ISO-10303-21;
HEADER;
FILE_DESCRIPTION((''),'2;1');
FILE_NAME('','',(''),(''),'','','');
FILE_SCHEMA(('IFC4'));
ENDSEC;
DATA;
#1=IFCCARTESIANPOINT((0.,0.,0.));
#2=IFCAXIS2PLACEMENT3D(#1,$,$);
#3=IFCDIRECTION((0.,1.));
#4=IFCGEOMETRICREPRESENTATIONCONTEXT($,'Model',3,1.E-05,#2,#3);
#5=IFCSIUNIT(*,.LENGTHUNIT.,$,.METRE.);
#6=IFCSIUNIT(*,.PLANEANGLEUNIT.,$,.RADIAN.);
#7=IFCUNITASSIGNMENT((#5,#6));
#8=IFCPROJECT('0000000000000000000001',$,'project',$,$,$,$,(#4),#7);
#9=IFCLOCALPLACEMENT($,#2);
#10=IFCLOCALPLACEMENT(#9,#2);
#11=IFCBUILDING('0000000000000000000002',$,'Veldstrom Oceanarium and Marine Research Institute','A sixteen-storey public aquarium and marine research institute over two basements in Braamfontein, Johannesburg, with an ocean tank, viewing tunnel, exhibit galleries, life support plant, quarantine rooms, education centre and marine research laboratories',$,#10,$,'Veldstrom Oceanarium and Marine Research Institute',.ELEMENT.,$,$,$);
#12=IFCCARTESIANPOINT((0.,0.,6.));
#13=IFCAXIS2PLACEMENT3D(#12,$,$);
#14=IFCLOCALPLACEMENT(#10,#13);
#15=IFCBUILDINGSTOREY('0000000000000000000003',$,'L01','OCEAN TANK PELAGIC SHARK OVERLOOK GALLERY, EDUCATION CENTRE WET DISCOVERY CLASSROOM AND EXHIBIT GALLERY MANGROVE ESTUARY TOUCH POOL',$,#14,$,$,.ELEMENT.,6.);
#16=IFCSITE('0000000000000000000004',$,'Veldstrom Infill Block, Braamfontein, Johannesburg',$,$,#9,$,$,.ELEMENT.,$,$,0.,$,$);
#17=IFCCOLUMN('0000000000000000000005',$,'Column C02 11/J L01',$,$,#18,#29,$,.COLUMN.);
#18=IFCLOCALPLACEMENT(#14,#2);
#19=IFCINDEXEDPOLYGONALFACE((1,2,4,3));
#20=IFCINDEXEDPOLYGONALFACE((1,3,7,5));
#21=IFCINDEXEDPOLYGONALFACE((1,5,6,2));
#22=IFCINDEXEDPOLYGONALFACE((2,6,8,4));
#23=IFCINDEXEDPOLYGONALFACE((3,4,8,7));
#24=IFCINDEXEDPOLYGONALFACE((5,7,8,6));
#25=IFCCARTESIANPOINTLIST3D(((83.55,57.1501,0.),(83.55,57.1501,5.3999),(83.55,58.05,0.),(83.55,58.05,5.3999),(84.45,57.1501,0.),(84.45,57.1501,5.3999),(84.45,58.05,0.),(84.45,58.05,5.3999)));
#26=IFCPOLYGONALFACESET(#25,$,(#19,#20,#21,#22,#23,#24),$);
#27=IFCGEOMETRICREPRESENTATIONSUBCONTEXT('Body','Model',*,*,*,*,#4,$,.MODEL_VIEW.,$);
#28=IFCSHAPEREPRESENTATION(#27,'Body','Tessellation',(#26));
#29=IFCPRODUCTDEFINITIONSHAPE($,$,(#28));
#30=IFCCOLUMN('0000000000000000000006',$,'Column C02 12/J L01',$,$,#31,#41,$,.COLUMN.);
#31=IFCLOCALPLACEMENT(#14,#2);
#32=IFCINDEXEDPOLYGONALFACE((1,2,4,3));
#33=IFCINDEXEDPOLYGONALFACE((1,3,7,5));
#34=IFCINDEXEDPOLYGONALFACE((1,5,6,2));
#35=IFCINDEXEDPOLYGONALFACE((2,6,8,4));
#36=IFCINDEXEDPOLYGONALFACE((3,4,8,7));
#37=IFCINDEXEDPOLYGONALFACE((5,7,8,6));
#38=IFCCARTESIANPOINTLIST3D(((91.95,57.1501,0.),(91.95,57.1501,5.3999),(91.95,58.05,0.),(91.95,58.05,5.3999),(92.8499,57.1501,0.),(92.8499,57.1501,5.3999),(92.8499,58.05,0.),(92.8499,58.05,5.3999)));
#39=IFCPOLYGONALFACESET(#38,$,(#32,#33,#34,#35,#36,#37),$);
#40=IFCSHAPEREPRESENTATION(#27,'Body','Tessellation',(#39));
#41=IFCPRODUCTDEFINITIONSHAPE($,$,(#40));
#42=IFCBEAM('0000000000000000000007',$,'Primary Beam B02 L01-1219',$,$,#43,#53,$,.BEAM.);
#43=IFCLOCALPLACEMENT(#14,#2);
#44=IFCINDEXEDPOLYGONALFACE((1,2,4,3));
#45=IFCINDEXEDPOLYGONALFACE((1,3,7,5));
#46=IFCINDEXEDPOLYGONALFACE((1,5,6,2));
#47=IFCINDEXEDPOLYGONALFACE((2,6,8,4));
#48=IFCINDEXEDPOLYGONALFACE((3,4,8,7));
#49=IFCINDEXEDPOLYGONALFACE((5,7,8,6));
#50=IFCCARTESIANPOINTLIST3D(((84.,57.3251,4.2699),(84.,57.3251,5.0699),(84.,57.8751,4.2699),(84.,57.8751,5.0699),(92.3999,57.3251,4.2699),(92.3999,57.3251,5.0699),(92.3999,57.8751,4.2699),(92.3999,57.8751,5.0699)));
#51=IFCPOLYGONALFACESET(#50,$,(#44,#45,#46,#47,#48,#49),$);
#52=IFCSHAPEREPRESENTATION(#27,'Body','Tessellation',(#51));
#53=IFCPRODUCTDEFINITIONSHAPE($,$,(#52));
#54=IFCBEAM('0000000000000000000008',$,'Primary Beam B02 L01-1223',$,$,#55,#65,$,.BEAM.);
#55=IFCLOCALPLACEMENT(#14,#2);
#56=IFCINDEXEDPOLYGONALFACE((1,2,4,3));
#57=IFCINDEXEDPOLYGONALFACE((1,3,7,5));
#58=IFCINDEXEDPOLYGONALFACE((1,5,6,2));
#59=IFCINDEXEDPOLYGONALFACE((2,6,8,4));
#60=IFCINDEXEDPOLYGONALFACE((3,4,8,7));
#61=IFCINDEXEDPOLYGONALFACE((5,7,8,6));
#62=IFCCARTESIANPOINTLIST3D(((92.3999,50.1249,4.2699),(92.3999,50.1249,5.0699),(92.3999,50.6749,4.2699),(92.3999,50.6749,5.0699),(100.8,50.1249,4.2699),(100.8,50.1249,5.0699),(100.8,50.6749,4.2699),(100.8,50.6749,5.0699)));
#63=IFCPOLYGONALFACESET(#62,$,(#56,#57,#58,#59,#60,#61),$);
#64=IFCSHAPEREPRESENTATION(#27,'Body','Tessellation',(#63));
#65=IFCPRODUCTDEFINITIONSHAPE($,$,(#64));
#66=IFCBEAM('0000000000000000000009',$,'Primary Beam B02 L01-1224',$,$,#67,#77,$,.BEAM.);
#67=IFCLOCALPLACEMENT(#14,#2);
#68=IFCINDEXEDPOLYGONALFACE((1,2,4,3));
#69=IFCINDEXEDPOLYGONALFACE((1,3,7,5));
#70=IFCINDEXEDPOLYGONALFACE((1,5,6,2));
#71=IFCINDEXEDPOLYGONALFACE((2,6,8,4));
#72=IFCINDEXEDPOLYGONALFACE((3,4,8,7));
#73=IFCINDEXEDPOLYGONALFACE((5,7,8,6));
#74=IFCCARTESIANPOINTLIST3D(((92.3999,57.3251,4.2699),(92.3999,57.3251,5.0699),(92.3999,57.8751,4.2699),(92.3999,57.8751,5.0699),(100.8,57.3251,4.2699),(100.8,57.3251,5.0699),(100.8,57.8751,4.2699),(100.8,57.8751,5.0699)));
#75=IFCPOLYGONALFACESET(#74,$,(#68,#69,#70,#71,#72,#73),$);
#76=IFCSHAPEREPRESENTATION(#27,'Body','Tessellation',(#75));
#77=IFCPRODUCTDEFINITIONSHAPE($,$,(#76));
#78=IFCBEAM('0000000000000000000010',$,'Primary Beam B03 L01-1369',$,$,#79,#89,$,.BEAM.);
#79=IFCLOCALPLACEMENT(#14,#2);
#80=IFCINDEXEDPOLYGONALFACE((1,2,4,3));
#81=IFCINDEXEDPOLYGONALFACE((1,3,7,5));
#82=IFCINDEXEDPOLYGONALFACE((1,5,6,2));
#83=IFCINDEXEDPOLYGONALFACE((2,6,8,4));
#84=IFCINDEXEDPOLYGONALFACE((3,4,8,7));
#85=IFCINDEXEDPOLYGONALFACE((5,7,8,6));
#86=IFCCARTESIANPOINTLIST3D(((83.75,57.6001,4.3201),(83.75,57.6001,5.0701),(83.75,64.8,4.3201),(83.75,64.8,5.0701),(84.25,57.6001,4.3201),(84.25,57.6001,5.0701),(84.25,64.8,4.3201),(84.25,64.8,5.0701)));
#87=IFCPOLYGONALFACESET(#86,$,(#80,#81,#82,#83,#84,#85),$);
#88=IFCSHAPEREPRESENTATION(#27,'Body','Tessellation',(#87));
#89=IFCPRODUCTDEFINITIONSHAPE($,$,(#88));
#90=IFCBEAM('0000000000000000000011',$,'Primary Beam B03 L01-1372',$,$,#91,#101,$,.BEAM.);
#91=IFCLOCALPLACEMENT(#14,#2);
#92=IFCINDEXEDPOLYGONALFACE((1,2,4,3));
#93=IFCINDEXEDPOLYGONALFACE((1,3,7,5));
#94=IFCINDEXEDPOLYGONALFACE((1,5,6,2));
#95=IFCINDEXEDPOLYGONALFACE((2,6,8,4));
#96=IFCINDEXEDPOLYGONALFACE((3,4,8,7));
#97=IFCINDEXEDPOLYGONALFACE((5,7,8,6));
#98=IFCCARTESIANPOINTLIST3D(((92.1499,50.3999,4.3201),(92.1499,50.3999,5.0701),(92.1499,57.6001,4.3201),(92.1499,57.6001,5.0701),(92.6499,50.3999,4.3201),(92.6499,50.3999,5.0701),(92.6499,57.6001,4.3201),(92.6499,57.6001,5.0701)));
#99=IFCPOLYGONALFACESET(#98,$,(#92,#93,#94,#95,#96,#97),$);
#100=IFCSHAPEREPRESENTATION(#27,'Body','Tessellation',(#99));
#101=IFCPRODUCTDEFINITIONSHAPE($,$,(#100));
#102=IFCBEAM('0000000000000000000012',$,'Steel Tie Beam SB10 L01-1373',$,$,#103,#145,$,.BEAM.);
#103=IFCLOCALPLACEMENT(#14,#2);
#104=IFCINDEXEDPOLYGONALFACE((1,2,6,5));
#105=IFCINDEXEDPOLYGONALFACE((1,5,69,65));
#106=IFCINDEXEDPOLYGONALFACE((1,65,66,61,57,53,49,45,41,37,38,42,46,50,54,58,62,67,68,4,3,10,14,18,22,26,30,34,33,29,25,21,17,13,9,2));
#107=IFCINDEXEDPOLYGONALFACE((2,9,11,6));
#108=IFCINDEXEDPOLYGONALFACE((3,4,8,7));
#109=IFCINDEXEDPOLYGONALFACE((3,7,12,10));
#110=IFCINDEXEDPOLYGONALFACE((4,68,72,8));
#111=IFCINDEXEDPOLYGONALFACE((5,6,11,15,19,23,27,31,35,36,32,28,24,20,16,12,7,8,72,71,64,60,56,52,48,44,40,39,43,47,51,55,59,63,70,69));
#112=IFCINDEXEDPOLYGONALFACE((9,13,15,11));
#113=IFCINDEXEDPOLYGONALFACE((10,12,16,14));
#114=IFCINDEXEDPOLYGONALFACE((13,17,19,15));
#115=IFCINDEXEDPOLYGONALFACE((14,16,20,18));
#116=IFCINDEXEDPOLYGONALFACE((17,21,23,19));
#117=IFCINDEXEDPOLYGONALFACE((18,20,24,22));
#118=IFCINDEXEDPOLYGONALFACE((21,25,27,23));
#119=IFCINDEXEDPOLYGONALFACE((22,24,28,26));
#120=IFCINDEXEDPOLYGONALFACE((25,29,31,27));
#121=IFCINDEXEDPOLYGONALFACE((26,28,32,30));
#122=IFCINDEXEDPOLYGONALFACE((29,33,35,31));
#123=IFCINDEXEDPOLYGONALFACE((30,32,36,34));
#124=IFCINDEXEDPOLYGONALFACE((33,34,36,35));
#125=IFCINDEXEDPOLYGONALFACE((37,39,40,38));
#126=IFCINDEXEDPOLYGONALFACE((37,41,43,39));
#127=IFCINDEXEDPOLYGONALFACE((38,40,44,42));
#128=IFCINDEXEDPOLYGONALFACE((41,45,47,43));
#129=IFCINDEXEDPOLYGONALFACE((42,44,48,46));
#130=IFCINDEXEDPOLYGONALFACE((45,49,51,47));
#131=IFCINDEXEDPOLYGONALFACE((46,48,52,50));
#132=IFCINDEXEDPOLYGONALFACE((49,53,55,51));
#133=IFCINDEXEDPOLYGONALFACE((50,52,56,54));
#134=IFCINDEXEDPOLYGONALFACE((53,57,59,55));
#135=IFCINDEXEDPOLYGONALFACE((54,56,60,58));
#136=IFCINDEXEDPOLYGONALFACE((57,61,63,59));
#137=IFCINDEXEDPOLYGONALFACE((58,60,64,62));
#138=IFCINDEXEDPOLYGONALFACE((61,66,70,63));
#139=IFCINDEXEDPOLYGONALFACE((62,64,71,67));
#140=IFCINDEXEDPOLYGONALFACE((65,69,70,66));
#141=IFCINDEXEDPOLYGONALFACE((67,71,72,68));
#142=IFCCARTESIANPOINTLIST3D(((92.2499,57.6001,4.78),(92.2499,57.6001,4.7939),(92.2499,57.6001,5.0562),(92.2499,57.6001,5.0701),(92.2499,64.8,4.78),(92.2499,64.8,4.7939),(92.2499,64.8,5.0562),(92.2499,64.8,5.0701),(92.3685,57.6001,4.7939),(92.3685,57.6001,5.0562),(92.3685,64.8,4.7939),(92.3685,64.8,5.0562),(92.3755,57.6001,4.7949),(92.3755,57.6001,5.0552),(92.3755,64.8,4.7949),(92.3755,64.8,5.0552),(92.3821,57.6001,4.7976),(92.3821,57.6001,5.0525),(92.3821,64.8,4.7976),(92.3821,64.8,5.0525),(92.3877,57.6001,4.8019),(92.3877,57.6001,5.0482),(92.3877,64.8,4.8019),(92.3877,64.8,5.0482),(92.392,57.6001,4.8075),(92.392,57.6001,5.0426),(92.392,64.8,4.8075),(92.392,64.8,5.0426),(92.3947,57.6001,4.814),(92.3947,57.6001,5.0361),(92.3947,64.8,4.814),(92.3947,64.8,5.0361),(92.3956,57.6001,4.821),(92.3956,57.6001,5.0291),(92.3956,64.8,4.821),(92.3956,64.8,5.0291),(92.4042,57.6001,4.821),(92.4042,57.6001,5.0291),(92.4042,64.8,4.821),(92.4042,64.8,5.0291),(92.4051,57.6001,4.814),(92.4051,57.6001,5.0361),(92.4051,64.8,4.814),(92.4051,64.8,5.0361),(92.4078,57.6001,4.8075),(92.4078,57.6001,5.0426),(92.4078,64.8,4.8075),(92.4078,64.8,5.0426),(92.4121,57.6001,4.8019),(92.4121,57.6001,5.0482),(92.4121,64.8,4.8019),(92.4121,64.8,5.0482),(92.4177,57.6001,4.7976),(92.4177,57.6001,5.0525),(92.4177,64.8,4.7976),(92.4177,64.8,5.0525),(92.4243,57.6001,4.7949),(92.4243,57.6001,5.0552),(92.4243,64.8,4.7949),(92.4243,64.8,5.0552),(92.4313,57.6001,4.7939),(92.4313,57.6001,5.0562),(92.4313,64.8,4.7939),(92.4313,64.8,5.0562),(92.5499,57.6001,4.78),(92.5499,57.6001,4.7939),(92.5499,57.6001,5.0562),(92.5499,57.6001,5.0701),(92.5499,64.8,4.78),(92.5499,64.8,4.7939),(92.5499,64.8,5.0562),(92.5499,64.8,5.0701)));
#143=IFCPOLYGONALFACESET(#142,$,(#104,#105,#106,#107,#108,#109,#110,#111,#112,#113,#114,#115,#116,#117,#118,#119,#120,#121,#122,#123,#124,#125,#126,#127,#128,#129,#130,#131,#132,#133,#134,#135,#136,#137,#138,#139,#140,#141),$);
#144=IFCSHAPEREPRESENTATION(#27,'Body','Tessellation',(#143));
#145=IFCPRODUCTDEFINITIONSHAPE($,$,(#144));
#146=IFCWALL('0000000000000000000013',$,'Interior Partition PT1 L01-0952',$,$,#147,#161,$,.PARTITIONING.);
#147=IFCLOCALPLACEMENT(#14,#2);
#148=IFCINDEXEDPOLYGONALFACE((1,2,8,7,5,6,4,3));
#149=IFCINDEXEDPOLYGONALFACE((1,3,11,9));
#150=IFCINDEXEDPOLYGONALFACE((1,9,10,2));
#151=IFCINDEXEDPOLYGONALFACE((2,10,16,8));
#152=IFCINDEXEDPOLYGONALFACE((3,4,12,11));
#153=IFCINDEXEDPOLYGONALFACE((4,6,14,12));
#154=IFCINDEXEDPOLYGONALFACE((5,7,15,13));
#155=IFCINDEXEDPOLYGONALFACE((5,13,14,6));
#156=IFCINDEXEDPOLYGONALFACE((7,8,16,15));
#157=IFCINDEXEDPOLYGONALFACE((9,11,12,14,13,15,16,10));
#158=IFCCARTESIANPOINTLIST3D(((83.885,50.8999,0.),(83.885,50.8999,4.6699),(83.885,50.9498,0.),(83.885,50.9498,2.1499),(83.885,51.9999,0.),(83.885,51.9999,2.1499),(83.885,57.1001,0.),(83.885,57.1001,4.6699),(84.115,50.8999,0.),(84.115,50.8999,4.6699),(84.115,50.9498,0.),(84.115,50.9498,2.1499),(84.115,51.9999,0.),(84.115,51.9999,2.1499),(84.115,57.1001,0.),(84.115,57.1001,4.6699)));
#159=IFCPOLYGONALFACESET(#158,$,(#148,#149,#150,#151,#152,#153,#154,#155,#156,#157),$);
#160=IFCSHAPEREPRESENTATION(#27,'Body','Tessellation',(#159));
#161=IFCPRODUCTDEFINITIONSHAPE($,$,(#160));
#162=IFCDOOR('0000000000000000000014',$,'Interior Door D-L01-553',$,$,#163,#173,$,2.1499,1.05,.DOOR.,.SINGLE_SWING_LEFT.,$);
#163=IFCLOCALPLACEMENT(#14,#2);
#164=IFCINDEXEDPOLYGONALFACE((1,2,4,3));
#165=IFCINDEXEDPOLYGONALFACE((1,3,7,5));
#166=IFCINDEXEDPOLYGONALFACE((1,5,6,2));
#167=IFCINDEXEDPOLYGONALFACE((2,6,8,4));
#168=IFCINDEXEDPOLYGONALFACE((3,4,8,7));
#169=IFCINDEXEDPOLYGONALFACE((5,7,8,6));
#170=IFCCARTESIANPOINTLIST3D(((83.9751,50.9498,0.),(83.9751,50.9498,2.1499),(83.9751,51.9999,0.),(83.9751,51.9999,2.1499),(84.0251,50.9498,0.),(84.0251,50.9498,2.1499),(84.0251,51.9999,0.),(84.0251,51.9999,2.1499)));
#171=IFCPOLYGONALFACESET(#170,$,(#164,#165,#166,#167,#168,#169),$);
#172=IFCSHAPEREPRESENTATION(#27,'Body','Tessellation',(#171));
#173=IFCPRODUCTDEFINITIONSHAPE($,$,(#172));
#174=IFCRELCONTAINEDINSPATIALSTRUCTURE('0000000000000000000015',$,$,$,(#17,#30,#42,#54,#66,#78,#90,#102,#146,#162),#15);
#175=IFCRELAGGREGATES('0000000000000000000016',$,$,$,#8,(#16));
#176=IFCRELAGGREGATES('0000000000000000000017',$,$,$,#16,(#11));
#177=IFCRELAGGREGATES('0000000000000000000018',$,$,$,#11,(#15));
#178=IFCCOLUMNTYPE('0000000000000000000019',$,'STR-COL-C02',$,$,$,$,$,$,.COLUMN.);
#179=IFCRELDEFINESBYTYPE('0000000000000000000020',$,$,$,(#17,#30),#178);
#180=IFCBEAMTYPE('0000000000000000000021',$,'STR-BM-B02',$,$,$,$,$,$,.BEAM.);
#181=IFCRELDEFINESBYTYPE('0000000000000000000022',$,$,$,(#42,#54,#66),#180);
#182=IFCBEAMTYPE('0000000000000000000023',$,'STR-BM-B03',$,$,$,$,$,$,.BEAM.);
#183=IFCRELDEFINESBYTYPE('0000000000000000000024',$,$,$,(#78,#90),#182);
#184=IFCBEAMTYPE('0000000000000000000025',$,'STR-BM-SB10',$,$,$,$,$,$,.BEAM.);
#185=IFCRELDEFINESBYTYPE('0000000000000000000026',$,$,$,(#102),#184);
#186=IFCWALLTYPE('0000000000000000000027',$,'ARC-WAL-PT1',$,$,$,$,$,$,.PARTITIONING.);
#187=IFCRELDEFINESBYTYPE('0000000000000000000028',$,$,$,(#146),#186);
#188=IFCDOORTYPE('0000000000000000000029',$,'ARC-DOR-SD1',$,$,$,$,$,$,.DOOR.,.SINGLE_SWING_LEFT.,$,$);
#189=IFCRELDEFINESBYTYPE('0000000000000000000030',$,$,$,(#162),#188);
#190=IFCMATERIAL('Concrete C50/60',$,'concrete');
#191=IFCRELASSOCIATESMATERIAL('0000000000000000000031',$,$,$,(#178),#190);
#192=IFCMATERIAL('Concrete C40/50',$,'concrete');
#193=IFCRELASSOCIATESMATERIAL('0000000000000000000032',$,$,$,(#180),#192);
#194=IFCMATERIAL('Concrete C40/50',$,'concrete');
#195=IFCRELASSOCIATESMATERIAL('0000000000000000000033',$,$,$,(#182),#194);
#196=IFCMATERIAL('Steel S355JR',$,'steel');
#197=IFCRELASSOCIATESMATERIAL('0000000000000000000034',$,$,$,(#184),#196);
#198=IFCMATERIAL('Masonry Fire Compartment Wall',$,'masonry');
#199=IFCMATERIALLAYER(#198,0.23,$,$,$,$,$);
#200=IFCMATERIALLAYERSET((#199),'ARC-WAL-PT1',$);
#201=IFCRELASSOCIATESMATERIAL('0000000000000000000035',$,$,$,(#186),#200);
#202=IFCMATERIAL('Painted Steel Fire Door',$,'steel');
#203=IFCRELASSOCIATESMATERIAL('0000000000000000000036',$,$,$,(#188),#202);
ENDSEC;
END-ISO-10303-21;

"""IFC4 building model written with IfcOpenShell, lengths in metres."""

from ifc_helpers import new_model, si_unit, direction, frame, frame_2d, origin, origin_2d, place, context, subcontext, project, spatial, rectangle, i_section, extrude, material, layer, layer_set, material_profile, profile_set, type_object, element, fill, save


model = new_model("IFC4")

# Units and contexts
model_context = context("Model", 3, precision=1e-05, world=origin(), true_north=direction((0.0, 1.0)))
body_context = subcontext(model_context, "Body", "Model", "MODEL_VIEW")
ifc_project = project(units=[si_unit("LENGTHUNIT", "METRE"), si_unit("PLANEANGLEUNIT", "RADIAN")], contexts=[model_context])

# Site, building, storey
site_placement = place(None, origin())
site = spatial("IfcSite", under=ifc_project, at=site_placement, Name="Veldstrom Infill Block, Braamfontein, Johannesburg", CompositionType="ELEMENT", RefElevation=0.0)
building_placement = place(site_placement, origin())
building = spatial("IfcBuilding", under=site, at=building_placement, Name="Veldstrom Oceanarium and Marine Research Institute", Description="A sixteen-storey public aquarium and marine research institute over two basements in Braamfontein, Johannesburg, with an ocean tank, viewing tunnel, exhibit galleries, life support plant, quarantine rooms, education centre and marine research laboratories", LongName="Veldstrom Oceanarium and Marine Research Institute", CompositionType="ELEMENT")
storey_placement = place(building_placement, frame((0.0, 0.0, 6.0)))
storey = spatial("IfcBuildingStorey", under=building, at=storey_placement, Name="L01", Description="OCEAN TANK PELAGIC SHARK OVERLOOK GALLERY, EDUCATION CENTRE WET DISCOVERY CLASSROOM AND EXHIBIT GALLERY MANGROVE ESTUARY TOUCH POOL", CompositionType="ELEMENT", Elevation=6.0)

# Columns
ifc_material_1 = material(Name="Concrete C50/60", Category="concrete")
ifc_material_profile_1 = material_profile(ifc_material_1, rectangle(XDim=0.8999, YDim=0.8999, at=origin_2d()), Name="RC-COL-900x900")
ifc_profile_set_1 = profile_set([ifc_material_profile_1], Name="Concrete C50/60")
column_type = type_object("IfcColumnType", Name="STR-COL-C02", PredefinedType="COLUMN", material=ifc_profile_set_1)
for number, where, z_axis, x_axis, name in (
    (1, (84.0, 57.6001, 0.0), (0.0, 0.0, 1.0), (1.0, 0.0, 0.0), "Column C02 11/J L01"),
    (2, (92.3999, 57.6001, 0.0), (0.0, 0.0, 1.0), (1.0, 0.0, 0.0), "Column C02 12/J L01"),
):
    element("IfcColumn", number, at=place(storey_placement, frame(where, z_axis=z_axis, x_axis=x_axis)), inside=storey, type_object=column_type, Name=name, PredefinedType="COLUMN", context=body_context, shape_type="SweptSolid", body=[
        extrude(rectangle(XDim=0.8999, YDim=0.8999, at=origin_2d()), origin(), (0.0, 0.0, 1.0), 5.3999),
    ])

# Beams
ifc_material_2 = material(Name="Concrete C40/50", Category="concrete")
ifc_material_profile_2 = material_profile(ifc_material_2, rectangle(XDim=0.55, YDim=0.8, at=origin_2d()), Name="RC-BM-550x800")
ifc_profile_set_2 = profile_set([ifc_material_profile_2], Name="Concrete C40/50")
beam_type_1 = type_object("IfcBeamType", Name="STR-BM-B02", PredefinedType="BEAM", material=ifc_profile_set_2)
beam_1_placement = place(storey_placement, frame((84.0, 57.6001, 4.6699), z_axis=(1.0, 0.0, 0.0), x_axis=(0.0, 1.0, 0.0)))
element("IfcBeam", 3, at=beam_1_placement, inside=storey, type_object=beam_type_1, Name="Primary Beam B02 L01-1219", PredefinedType="BEAM", context=body_context, shape_type="SweptSolid", body=[
    extrude(rectangle(XDim=0.55, YDim=0.8, at=origin_2d()), origin(), (0.0, 0.0, 1.0), 8.3999),
])
for number, where, z_axis, x_axis, name in (
    (4, (92.3999, 50.3999, 4.6699), (1.0, 0.0, 0.0), (0.0, 1.0, 0.0), "Primary Beam B02 L01-1223"),
    (5, (92.3999, 57.6001, 4.6699), (1.0, 0.0, 0.0), (0.0, 1.0, 0.0), "Primary Beam B02 L01-1224"),
):
    element("IfcBeam", number, at=place(storey_placement, frame(where, z_axis=z_axis, x_axis=x_axis)), inside=storey, type_object=beam_type_1, Name=name, PredefinedType="BEAM", context=body_context, shape_type="SweptSolid", body=[
        extrude(rectangle(XDim=0.55, YDim=0.8, at=origin_2d()), origin(), (0.0, 0.0, 1.0), 8.4001),
    ])
ifc_material_3 = material(Name="Concrete C40/50", Category="concrete")
ifc_material_profile_3 = material_profile(ifc_material_3, rectangle(XDim=0.5, YDim=0.75, at=origin_2d()), Name="RC-BM-500x750")
ifc_profile_set_3 = profile_set([ifc_material_profile_3], Name="Concrete C40/50")
beam_type_2 = type_object("IfcBeamType", Name="STR-BM-B03", PredefinedType="BEAM", material=ifc_profile_set_3)
beam_2_placement = place(storey_placement, frame((84.0, 57.6001, 4.6951), z_axis=(0.0, 1.0, 0.0), x_axis=(-1.0, 0.0, 0.0)))
element("IfcBeam", 6, at=beam_2_placement, inside=storey, type_object=beam_type_2, Name="Primary Beam B03 L01-1369", PredefinedType="BEAM", context=body_context, shape_type="SweptSolid", body=[
    extrude(rectangle(XDim=0.5, YDim=0.75, at=origin_2d()), origin(), (0.0, 0.0, 1.0), 7.2),
])
beam_3_placement = place(storey_placement, frame((92.3999, 50.3999, 4.6951), z_axis=(0.0, 1.0, 0.0), x_axis=(-1.0, 0.0, 0.0)))
element("IfcBeam", 7, at=beam_3_placement, inside=storey, type_object=beam_type_2, Name="Primary Beam B03 L01-1372", PredefinedType="BEAM", context=body_context, shape_type="SweptSolid", body=[
    extrude(rectangle(XDim=0.5, YDim=0.75, at=origin_2d()), origin(), (0.0, 0.0, 1.0), 7.2002),
])
ifc_material_4 = material(Name="Steel S355JR", Category="steel")
ifc_material_profile_4 = material_profile(ifc_material_4, i_section(OverallWidth=0.3, OverallDepth=0.29, WebThickness=0.0085, FlangeThickness=0.0139, FilletRadius=0.0271, at=origin_2d()), Name="HEA 300")
ifc_profile_set_4 = profile_set([ifc_material_profile_4], Name="Steel S355JR")
beam_type_3 = type_object("IfcBeamType", Name="STR-BM-SB10", PredefinedType="BEAM", material=ifc_profile_set_4)
beam_4_placement = place(storey_placement, frame((92.3999, 57.6001, 4.925), z_axis=(0.0, 1.0, 0.0), x_axis=(-1.0, 0.0, 0.0)))
element("IfcBeam", 8, at=beam_4_placement, inside=storey, type_object=beam_type_3, Name="Steel Tie Beam SB10 L01-1373", PredefinedType="BEAM", context=body_context, shape_type="SweptSolid", body=[
    extrude(i_section(OverallWidth=0.3, OverallDepth=0.29, WebThickness=0.0085, FlangeThickness=0.0139, FilletRadius=0.0271, at=origin_2d()), origin(), (0.0, 0.0, 1.0), 7.2),
])

# Wall, opening, door
ifc_material_5 = material(Name="Masonry Fire Compartment Wall", Category="masonry")
ifc_layer_1 = layer(ifc_material_5, 0.23)
ifc_layer_set_1 = layer_set([ifc_layer_1], Name="ARC-WAL-PT1")
wall_type_1 = type_object("IfcWallType", Name="ARC-WAL-PT1", PredefinedType="PARTITIONING", material=ifc_layer_set_1)
wall_1_placement = place(storey_placement, frame((84.0, 50.8999, 0.0), z_axis=(0.0, 0.0, 1.0), x_axis=(0.0, 1.0, 0.0)))
wall_1 = element("IfcWall", 9, at=wall_1_placement, inside=storey, type_object=wall_type_1, Name="Interior Partition PT1 L01-0952", PredefinedType="PARTITIONING", context=body_context, shape_type="SweptSolid", body=[
    extrude(rectangle(XDim=6.2002, YDim=0.23, at=frame_2d((3.1001, 0.0))), origin(), (0.0, 0.0, 1.0), 4.6699),
])
opening_1_placement = place(wall_1_placement, frame((0.05, 0.0, 0.0)))
opening_1 = element("IfcOpeningElement", 10, at=opening_1_placement, cuts=wall_1, PredefinedType="OPENING", context=body_context, shape_type="SweptSolid", body=[
    extrude(rectangle(XDim=1.05, YDim=2.1499, at=frame_2d((0.5249, 1.075))), frame((0.0, 0.125, 0.0), z_axis=(0.0, -1.0, 0.0), x_axis=(1.0, 0.0, 0.0)), (0.0, 0.0, 1.0), 0.25),
])
ifc_material_6 = material(Name="Painted Steel Fire Door", Category="steel")
door_type_1 = type_object("IfcDoorType", Name="ARC-DOR-SD1", OperationType="SINGLE_SWING_LEFT", PredefinedType="DOOR", material=ifc_material_6)
door_1_placement = place(opening_1_placement, origin())
door_1 = element("IfcDoor", 11, at=door_1_placement, inside=storey, type_object=door_type_1, Name="Interior Door D-L01-553", OperationType="SINGLE_SWING_LEFT", OverallHeight=2.1499, OverallWidth=1.05, PredefinedType="DOOR", context=body_context, shape_type="SweptSolid", body=[
    extrude(rectangle(XDim=1.05, YDim=2.1499, at=frame_2d((0.5249, 1.075))), frame((0.0, 0.0249, 0.0), z_axis=(0.0, -1.0, 0.0), x_axis=(1.0, 0.0, 0.0)), (0.0, 0.0, 1.0), 0.05),
])
fill(opening_1, door_1)

save(model, "model.ifc")
